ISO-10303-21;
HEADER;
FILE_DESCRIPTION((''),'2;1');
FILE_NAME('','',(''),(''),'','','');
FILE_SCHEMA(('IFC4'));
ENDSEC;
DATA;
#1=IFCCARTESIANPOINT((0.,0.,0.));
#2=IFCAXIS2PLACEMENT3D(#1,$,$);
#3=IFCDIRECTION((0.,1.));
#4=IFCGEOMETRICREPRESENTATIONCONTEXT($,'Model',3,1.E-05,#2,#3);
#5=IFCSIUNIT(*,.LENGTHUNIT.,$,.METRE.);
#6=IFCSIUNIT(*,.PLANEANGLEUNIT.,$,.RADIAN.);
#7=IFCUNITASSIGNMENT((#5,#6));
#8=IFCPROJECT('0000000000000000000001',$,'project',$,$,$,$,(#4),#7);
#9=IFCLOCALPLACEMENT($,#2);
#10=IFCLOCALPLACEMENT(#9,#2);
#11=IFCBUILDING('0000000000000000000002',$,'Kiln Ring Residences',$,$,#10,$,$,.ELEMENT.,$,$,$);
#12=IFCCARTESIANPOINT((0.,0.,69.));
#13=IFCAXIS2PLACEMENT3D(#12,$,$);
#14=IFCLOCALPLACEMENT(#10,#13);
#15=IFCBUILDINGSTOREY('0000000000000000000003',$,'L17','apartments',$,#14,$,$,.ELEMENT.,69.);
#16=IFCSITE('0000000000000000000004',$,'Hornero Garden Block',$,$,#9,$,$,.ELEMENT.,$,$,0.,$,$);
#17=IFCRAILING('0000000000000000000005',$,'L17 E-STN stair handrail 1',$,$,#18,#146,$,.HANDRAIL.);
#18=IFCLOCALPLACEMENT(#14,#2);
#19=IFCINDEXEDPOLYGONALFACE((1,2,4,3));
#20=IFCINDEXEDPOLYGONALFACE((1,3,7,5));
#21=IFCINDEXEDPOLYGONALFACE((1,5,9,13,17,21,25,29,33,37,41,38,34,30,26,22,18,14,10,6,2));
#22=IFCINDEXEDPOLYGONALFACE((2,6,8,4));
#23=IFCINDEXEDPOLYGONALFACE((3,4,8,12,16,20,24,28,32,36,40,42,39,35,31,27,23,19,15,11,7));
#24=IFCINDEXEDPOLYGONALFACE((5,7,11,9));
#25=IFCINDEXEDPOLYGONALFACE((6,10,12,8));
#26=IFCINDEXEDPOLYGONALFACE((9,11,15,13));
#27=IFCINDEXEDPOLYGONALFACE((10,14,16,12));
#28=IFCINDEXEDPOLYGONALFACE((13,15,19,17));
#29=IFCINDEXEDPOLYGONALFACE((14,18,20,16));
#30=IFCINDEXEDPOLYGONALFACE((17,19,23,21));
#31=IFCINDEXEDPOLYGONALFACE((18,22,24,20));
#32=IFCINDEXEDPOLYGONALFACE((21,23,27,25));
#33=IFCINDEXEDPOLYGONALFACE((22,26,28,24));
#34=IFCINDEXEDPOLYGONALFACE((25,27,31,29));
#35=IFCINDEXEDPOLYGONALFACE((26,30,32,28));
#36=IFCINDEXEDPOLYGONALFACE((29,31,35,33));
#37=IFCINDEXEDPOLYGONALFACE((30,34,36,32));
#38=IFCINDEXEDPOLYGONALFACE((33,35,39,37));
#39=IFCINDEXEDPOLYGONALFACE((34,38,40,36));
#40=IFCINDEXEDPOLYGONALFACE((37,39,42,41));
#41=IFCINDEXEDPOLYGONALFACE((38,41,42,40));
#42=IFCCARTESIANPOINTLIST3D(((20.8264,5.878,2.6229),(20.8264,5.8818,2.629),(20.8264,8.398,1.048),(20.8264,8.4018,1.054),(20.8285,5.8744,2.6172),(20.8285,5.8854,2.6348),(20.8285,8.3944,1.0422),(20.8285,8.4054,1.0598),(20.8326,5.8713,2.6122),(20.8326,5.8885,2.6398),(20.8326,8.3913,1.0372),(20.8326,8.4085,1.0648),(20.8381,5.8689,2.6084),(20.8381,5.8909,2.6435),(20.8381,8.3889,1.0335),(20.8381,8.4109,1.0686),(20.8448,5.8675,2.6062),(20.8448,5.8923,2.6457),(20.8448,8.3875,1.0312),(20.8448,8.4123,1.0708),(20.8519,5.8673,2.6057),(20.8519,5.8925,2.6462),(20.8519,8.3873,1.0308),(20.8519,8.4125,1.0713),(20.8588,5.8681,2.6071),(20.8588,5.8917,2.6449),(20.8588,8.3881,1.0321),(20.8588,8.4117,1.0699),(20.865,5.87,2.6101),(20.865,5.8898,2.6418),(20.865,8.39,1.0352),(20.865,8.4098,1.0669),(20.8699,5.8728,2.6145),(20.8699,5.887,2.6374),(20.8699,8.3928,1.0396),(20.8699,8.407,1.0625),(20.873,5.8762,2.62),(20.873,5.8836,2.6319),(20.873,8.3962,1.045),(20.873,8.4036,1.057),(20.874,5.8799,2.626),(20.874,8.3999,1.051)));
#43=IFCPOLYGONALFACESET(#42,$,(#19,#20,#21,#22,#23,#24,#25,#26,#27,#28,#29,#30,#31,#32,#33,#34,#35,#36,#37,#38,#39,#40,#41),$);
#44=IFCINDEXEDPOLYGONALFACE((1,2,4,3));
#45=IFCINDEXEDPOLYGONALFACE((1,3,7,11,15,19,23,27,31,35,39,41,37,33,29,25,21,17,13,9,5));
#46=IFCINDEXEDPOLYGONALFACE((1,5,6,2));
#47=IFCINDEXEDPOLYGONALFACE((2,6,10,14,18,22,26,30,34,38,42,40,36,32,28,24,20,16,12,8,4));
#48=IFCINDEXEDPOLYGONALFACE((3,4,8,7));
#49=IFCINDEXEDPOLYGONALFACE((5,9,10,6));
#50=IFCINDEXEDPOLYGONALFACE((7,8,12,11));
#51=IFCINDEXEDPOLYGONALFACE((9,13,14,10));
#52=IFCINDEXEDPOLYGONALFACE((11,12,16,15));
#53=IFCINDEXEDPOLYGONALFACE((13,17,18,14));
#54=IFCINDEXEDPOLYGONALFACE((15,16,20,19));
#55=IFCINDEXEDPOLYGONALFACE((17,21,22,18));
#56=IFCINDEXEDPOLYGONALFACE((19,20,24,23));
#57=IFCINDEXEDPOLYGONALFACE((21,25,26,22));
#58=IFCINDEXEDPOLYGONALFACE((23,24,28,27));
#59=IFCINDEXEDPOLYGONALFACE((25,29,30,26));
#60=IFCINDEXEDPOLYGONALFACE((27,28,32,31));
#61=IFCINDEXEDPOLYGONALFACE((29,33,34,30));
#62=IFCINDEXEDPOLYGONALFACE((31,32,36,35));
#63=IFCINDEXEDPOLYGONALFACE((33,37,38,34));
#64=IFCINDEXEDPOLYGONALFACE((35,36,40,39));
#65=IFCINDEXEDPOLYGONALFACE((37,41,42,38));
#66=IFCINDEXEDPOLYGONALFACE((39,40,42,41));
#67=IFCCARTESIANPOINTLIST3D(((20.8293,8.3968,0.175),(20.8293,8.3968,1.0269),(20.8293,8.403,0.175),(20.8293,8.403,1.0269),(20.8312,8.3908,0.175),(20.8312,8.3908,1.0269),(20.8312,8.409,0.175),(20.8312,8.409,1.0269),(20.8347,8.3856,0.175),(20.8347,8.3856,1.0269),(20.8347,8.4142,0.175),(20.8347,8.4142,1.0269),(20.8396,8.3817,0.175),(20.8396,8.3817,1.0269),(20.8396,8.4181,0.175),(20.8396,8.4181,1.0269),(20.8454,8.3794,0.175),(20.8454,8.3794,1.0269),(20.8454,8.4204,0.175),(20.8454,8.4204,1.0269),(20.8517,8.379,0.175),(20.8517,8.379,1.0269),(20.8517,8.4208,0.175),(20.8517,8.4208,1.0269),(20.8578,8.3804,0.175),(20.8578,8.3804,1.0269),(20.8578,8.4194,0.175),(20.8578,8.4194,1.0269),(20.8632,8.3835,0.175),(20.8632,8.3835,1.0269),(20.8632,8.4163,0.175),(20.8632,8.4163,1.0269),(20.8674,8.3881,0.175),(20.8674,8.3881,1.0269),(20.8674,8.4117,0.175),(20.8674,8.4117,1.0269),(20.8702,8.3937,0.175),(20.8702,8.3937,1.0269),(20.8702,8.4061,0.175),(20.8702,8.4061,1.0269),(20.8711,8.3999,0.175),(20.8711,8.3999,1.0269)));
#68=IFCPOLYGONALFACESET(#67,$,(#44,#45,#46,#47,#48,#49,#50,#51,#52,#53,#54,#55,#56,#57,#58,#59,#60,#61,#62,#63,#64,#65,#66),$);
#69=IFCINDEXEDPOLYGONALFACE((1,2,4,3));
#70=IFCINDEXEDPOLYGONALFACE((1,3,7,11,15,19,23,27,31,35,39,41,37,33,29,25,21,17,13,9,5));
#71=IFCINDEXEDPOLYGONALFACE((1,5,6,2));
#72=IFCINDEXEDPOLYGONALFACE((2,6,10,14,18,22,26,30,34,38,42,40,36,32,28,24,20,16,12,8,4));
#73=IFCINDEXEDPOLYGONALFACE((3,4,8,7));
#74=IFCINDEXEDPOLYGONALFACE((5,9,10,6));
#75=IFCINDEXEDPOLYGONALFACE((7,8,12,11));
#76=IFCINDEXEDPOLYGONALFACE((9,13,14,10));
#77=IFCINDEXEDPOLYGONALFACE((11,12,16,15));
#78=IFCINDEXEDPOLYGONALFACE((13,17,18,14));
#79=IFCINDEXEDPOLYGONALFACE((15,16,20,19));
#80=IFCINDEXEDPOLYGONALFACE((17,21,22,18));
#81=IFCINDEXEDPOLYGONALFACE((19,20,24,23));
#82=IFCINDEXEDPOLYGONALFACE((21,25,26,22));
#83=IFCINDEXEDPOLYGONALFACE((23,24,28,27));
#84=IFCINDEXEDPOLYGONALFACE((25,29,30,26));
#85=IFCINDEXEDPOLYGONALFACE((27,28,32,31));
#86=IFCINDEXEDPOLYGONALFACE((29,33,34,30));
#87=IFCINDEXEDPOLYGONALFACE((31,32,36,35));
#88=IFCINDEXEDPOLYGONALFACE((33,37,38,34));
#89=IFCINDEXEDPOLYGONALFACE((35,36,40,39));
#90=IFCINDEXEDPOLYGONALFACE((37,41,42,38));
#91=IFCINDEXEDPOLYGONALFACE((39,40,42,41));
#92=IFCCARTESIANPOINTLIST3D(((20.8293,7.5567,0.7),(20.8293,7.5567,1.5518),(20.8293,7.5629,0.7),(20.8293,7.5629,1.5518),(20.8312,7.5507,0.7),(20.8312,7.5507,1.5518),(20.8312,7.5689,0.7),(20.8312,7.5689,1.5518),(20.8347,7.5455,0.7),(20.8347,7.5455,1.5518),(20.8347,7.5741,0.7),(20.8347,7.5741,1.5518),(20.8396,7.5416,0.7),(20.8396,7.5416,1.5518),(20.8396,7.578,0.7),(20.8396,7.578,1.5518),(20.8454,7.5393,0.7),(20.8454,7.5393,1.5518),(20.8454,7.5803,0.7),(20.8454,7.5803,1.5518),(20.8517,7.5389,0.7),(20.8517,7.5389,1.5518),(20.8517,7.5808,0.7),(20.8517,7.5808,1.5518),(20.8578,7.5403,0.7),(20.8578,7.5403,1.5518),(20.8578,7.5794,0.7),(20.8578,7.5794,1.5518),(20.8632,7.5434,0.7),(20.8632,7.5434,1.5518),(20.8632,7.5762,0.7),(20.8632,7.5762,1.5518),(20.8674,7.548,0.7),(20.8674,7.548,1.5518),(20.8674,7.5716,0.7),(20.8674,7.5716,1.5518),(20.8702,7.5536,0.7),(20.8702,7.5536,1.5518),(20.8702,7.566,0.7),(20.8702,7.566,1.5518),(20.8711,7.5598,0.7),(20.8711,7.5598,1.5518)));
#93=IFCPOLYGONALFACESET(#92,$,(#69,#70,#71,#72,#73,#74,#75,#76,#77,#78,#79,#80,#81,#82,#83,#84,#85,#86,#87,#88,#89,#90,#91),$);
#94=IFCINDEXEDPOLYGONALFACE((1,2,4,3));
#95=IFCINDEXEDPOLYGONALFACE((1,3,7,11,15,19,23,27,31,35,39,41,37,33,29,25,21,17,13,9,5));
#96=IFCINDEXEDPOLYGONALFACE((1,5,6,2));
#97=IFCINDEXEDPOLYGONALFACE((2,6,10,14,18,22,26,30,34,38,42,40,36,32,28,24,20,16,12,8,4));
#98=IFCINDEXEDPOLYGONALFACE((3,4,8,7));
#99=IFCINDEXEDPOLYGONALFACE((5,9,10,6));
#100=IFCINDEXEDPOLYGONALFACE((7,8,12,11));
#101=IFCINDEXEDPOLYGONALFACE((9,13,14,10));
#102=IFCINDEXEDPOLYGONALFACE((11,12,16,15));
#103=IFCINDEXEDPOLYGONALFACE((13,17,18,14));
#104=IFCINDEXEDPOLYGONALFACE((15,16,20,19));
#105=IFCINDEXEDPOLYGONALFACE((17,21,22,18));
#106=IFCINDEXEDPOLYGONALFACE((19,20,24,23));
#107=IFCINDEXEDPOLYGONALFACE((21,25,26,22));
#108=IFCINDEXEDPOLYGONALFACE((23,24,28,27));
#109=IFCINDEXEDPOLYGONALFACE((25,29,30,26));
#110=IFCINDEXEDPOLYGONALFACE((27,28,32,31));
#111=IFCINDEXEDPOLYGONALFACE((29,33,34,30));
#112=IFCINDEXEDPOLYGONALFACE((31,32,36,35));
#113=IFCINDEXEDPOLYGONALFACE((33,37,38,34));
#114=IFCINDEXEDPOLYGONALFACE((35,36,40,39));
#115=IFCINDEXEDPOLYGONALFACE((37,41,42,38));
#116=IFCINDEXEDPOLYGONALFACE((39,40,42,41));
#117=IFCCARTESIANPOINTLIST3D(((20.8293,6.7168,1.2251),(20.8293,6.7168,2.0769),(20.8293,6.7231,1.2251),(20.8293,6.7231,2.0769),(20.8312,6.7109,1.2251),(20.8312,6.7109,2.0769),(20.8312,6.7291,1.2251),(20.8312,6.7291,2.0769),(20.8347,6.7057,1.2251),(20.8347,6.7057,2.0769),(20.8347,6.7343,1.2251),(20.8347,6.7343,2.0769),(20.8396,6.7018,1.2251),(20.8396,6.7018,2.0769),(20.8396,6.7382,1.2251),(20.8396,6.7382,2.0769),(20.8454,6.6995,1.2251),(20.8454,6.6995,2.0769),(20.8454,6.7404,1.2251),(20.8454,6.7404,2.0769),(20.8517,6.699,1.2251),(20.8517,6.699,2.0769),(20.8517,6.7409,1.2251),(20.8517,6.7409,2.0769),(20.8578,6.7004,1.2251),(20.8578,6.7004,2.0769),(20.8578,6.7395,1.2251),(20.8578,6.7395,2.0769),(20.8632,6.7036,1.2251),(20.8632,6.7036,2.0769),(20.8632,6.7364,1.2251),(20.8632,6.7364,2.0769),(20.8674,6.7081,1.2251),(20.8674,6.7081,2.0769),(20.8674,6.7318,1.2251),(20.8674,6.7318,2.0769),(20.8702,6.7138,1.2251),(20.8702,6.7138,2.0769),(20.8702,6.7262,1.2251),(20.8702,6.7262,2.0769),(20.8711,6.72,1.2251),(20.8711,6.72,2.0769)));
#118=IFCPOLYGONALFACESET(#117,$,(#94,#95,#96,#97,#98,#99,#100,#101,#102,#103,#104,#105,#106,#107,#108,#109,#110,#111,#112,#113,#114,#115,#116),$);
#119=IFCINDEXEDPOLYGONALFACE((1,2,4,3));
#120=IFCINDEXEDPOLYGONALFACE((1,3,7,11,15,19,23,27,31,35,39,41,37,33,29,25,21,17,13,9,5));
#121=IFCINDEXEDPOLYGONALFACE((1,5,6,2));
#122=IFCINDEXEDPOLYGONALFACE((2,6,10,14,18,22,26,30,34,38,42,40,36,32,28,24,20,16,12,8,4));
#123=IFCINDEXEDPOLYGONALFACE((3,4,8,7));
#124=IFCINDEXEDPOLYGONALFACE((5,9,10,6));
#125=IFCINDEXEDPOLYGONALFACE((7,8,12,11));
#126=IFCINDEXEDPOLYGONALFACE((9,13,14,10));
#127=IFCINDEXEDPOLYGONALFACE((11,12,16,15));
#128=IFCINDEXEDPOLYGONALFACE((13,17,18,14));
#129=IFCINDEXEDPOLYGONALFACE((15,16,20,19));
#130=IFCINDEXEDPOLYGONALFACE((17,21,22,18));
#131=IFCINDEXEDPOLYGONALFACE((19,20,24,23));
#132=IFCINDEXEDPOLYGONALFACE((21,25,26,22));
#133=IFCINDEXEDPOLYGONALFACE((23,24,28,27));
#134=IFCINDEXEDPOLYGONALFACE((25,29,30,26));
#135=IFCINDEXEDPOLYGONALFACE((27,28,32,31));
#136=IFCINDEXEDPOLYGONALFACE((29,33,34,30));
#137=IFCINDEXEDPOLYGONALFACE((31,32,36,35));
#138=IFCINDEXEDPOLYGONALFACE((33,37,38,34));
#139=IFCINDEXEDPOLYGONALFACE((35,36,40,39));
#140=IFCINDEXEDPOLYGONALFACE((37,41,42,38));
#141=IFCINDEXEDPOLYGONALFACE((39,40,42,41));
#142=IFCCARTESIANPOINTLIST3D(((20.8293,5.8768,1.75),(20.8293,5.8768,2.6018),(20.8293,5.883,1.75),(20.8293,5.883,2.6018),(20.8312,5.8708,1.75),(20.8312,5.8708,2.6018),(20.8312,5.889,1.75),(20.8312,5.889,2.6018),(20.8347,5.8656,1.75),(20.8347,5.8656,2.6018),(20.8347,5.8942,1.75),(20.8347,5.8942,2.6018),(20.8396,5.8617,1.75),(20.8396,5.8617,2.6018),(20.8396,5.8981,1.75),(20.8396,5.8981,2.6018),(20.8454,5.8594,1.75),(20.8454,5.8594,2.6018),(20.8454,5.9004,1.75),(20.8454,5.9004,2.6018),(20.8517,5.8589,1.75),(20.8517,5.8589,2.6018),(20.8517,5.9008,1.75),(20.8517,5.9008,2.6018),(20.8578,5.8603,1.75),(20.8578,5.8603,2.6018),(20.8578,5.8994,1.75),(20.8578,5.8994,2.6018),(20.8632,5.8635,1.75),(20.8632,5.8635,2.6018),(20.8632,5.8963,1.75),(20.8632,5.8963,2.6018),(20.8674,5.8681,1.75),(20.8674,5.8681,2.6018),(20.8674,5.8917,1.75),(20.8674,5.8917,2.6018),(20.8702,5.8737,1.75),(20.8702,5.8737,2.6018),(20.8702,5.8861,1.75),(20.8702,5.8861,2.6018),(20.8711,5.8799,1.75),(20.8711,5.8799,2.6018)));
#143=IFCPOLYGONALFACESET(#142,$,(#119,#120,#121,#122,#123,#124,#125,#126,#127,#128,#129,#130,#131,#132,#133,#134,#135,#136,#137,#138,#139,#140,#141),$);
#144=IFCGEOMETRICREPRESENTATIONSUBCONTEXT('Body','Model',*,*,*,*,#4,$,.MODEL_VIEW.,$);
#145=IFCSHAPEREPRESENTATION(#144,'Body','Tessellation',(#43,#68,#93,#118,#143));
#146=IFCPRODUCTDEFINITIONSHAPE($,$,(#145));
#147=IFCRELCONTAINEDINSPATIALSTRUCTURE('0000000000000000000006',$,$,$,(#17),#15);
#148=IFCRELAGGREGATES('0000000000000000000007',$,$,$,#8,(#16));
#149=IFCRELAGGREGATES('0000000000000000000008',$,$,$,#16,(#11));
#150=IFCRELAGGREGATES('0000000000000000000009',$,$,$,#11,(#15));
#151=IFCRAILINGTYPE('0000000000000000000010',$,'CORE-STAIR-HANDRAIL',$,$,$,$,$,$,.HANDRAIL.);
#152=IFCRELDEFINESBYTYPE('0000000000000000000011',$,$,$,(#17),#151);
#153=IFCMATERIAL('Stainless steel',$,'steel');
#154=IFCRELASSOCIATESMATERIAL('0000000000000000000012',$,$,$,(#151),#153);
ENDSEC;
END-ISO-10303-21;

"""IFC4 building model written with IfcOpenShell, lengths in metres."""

from ifc_helpers import new_model, si_unit, direction, frame, origin, origin_2d, place, context, subcontext, project, spatial, circle, extrude, material, type_object, element, save


model = new_model("IFC4")

# Units and contexts
model_context = context("Model", 3, precision=1e-05, world=origin(), true_north=direction((0.0, 1.0)))
body_context = subcontext(model_context, "Body", "Model", "MODEL_VIEW")
ifc_project = project(units=[si_unit("LENGTHUNIT", "METRE"), si_unit("PLANEANGLEUNIT", "RADIAN")], contexts=[model_context])

# Site, building, storey
site_placement = place(None, origin())
site = spatial("IfcSite", under=ifc_project, at=site_placement, Name="Hornero Garden Block", CompositionType="ELEMENT", RefElevation=0.0)
building_placement = place(site_placement, origin())
building = spatial("IfcBuilding", under=site, at=building_placement, Name="Kiln Ring Residences", CompositionType="ELEMENT")
storey_placement = place(building_placement, frame((0.0, 0.0, 69.0)))
storey = spatial("IfcBuildingStorey", under=building, at=storey_placement, Name="L17", Description="apartments", CompositionType="ELEMENT", Elevation=69.0)

# Railing
ifc_material_1 = material(Name="Stainless steel", Category="steel")
railing_type_1 = type_object("IfcRailingType", Name="CORE-STAIR-HANDRAIL", PredefinedType="HANDRAIL", material=ifc_material_1)
railing_1_placement = place(storey_placement, frame((20.8501, 8.3999, 0.175)))
element("IfcRailing", 1, at=railing_1_placement, inside=storey, type_object=railing_type_1, Name="L17 E-STN stair handrail 1", PredefinedType="HANDRAIL", context=body_context, shape_type="SweptSolid", body=[
    extrude(circle(Radius=0.0239, at=origin_2d()), frame((0.0, 0.0, 0.876), z_axis=(0.0, -0.848008, 0.529984), x_axis=(1.0, 0.0, 0.0)), (0.0, 0.0, 1.0), 2.9717),
    extrude(circle(Radius=0.021, at=origin_2d()), origin(), (0.0, 0.0, 1.0), 0.8518),
    extrude(circle(Radius=0.021, at=origin_2d()), frame((0.0, -0.8401, 0.5249)), (0.0, 0.0, 1.0), 0.8518),
    extrude(circle(Radius=0.021, at=origin_2d()), frame((0.0, -1.6799, 1.05)), (0.0, 0.0, 1.0), 0.8518),
    extrude(circle(Radius=0.021, at=origin_2d()), frame((0.0, -2.52, 1.575)), (0.0, 0.0, 1.0), 0.8518),
])

save(model, "model.ifc")
